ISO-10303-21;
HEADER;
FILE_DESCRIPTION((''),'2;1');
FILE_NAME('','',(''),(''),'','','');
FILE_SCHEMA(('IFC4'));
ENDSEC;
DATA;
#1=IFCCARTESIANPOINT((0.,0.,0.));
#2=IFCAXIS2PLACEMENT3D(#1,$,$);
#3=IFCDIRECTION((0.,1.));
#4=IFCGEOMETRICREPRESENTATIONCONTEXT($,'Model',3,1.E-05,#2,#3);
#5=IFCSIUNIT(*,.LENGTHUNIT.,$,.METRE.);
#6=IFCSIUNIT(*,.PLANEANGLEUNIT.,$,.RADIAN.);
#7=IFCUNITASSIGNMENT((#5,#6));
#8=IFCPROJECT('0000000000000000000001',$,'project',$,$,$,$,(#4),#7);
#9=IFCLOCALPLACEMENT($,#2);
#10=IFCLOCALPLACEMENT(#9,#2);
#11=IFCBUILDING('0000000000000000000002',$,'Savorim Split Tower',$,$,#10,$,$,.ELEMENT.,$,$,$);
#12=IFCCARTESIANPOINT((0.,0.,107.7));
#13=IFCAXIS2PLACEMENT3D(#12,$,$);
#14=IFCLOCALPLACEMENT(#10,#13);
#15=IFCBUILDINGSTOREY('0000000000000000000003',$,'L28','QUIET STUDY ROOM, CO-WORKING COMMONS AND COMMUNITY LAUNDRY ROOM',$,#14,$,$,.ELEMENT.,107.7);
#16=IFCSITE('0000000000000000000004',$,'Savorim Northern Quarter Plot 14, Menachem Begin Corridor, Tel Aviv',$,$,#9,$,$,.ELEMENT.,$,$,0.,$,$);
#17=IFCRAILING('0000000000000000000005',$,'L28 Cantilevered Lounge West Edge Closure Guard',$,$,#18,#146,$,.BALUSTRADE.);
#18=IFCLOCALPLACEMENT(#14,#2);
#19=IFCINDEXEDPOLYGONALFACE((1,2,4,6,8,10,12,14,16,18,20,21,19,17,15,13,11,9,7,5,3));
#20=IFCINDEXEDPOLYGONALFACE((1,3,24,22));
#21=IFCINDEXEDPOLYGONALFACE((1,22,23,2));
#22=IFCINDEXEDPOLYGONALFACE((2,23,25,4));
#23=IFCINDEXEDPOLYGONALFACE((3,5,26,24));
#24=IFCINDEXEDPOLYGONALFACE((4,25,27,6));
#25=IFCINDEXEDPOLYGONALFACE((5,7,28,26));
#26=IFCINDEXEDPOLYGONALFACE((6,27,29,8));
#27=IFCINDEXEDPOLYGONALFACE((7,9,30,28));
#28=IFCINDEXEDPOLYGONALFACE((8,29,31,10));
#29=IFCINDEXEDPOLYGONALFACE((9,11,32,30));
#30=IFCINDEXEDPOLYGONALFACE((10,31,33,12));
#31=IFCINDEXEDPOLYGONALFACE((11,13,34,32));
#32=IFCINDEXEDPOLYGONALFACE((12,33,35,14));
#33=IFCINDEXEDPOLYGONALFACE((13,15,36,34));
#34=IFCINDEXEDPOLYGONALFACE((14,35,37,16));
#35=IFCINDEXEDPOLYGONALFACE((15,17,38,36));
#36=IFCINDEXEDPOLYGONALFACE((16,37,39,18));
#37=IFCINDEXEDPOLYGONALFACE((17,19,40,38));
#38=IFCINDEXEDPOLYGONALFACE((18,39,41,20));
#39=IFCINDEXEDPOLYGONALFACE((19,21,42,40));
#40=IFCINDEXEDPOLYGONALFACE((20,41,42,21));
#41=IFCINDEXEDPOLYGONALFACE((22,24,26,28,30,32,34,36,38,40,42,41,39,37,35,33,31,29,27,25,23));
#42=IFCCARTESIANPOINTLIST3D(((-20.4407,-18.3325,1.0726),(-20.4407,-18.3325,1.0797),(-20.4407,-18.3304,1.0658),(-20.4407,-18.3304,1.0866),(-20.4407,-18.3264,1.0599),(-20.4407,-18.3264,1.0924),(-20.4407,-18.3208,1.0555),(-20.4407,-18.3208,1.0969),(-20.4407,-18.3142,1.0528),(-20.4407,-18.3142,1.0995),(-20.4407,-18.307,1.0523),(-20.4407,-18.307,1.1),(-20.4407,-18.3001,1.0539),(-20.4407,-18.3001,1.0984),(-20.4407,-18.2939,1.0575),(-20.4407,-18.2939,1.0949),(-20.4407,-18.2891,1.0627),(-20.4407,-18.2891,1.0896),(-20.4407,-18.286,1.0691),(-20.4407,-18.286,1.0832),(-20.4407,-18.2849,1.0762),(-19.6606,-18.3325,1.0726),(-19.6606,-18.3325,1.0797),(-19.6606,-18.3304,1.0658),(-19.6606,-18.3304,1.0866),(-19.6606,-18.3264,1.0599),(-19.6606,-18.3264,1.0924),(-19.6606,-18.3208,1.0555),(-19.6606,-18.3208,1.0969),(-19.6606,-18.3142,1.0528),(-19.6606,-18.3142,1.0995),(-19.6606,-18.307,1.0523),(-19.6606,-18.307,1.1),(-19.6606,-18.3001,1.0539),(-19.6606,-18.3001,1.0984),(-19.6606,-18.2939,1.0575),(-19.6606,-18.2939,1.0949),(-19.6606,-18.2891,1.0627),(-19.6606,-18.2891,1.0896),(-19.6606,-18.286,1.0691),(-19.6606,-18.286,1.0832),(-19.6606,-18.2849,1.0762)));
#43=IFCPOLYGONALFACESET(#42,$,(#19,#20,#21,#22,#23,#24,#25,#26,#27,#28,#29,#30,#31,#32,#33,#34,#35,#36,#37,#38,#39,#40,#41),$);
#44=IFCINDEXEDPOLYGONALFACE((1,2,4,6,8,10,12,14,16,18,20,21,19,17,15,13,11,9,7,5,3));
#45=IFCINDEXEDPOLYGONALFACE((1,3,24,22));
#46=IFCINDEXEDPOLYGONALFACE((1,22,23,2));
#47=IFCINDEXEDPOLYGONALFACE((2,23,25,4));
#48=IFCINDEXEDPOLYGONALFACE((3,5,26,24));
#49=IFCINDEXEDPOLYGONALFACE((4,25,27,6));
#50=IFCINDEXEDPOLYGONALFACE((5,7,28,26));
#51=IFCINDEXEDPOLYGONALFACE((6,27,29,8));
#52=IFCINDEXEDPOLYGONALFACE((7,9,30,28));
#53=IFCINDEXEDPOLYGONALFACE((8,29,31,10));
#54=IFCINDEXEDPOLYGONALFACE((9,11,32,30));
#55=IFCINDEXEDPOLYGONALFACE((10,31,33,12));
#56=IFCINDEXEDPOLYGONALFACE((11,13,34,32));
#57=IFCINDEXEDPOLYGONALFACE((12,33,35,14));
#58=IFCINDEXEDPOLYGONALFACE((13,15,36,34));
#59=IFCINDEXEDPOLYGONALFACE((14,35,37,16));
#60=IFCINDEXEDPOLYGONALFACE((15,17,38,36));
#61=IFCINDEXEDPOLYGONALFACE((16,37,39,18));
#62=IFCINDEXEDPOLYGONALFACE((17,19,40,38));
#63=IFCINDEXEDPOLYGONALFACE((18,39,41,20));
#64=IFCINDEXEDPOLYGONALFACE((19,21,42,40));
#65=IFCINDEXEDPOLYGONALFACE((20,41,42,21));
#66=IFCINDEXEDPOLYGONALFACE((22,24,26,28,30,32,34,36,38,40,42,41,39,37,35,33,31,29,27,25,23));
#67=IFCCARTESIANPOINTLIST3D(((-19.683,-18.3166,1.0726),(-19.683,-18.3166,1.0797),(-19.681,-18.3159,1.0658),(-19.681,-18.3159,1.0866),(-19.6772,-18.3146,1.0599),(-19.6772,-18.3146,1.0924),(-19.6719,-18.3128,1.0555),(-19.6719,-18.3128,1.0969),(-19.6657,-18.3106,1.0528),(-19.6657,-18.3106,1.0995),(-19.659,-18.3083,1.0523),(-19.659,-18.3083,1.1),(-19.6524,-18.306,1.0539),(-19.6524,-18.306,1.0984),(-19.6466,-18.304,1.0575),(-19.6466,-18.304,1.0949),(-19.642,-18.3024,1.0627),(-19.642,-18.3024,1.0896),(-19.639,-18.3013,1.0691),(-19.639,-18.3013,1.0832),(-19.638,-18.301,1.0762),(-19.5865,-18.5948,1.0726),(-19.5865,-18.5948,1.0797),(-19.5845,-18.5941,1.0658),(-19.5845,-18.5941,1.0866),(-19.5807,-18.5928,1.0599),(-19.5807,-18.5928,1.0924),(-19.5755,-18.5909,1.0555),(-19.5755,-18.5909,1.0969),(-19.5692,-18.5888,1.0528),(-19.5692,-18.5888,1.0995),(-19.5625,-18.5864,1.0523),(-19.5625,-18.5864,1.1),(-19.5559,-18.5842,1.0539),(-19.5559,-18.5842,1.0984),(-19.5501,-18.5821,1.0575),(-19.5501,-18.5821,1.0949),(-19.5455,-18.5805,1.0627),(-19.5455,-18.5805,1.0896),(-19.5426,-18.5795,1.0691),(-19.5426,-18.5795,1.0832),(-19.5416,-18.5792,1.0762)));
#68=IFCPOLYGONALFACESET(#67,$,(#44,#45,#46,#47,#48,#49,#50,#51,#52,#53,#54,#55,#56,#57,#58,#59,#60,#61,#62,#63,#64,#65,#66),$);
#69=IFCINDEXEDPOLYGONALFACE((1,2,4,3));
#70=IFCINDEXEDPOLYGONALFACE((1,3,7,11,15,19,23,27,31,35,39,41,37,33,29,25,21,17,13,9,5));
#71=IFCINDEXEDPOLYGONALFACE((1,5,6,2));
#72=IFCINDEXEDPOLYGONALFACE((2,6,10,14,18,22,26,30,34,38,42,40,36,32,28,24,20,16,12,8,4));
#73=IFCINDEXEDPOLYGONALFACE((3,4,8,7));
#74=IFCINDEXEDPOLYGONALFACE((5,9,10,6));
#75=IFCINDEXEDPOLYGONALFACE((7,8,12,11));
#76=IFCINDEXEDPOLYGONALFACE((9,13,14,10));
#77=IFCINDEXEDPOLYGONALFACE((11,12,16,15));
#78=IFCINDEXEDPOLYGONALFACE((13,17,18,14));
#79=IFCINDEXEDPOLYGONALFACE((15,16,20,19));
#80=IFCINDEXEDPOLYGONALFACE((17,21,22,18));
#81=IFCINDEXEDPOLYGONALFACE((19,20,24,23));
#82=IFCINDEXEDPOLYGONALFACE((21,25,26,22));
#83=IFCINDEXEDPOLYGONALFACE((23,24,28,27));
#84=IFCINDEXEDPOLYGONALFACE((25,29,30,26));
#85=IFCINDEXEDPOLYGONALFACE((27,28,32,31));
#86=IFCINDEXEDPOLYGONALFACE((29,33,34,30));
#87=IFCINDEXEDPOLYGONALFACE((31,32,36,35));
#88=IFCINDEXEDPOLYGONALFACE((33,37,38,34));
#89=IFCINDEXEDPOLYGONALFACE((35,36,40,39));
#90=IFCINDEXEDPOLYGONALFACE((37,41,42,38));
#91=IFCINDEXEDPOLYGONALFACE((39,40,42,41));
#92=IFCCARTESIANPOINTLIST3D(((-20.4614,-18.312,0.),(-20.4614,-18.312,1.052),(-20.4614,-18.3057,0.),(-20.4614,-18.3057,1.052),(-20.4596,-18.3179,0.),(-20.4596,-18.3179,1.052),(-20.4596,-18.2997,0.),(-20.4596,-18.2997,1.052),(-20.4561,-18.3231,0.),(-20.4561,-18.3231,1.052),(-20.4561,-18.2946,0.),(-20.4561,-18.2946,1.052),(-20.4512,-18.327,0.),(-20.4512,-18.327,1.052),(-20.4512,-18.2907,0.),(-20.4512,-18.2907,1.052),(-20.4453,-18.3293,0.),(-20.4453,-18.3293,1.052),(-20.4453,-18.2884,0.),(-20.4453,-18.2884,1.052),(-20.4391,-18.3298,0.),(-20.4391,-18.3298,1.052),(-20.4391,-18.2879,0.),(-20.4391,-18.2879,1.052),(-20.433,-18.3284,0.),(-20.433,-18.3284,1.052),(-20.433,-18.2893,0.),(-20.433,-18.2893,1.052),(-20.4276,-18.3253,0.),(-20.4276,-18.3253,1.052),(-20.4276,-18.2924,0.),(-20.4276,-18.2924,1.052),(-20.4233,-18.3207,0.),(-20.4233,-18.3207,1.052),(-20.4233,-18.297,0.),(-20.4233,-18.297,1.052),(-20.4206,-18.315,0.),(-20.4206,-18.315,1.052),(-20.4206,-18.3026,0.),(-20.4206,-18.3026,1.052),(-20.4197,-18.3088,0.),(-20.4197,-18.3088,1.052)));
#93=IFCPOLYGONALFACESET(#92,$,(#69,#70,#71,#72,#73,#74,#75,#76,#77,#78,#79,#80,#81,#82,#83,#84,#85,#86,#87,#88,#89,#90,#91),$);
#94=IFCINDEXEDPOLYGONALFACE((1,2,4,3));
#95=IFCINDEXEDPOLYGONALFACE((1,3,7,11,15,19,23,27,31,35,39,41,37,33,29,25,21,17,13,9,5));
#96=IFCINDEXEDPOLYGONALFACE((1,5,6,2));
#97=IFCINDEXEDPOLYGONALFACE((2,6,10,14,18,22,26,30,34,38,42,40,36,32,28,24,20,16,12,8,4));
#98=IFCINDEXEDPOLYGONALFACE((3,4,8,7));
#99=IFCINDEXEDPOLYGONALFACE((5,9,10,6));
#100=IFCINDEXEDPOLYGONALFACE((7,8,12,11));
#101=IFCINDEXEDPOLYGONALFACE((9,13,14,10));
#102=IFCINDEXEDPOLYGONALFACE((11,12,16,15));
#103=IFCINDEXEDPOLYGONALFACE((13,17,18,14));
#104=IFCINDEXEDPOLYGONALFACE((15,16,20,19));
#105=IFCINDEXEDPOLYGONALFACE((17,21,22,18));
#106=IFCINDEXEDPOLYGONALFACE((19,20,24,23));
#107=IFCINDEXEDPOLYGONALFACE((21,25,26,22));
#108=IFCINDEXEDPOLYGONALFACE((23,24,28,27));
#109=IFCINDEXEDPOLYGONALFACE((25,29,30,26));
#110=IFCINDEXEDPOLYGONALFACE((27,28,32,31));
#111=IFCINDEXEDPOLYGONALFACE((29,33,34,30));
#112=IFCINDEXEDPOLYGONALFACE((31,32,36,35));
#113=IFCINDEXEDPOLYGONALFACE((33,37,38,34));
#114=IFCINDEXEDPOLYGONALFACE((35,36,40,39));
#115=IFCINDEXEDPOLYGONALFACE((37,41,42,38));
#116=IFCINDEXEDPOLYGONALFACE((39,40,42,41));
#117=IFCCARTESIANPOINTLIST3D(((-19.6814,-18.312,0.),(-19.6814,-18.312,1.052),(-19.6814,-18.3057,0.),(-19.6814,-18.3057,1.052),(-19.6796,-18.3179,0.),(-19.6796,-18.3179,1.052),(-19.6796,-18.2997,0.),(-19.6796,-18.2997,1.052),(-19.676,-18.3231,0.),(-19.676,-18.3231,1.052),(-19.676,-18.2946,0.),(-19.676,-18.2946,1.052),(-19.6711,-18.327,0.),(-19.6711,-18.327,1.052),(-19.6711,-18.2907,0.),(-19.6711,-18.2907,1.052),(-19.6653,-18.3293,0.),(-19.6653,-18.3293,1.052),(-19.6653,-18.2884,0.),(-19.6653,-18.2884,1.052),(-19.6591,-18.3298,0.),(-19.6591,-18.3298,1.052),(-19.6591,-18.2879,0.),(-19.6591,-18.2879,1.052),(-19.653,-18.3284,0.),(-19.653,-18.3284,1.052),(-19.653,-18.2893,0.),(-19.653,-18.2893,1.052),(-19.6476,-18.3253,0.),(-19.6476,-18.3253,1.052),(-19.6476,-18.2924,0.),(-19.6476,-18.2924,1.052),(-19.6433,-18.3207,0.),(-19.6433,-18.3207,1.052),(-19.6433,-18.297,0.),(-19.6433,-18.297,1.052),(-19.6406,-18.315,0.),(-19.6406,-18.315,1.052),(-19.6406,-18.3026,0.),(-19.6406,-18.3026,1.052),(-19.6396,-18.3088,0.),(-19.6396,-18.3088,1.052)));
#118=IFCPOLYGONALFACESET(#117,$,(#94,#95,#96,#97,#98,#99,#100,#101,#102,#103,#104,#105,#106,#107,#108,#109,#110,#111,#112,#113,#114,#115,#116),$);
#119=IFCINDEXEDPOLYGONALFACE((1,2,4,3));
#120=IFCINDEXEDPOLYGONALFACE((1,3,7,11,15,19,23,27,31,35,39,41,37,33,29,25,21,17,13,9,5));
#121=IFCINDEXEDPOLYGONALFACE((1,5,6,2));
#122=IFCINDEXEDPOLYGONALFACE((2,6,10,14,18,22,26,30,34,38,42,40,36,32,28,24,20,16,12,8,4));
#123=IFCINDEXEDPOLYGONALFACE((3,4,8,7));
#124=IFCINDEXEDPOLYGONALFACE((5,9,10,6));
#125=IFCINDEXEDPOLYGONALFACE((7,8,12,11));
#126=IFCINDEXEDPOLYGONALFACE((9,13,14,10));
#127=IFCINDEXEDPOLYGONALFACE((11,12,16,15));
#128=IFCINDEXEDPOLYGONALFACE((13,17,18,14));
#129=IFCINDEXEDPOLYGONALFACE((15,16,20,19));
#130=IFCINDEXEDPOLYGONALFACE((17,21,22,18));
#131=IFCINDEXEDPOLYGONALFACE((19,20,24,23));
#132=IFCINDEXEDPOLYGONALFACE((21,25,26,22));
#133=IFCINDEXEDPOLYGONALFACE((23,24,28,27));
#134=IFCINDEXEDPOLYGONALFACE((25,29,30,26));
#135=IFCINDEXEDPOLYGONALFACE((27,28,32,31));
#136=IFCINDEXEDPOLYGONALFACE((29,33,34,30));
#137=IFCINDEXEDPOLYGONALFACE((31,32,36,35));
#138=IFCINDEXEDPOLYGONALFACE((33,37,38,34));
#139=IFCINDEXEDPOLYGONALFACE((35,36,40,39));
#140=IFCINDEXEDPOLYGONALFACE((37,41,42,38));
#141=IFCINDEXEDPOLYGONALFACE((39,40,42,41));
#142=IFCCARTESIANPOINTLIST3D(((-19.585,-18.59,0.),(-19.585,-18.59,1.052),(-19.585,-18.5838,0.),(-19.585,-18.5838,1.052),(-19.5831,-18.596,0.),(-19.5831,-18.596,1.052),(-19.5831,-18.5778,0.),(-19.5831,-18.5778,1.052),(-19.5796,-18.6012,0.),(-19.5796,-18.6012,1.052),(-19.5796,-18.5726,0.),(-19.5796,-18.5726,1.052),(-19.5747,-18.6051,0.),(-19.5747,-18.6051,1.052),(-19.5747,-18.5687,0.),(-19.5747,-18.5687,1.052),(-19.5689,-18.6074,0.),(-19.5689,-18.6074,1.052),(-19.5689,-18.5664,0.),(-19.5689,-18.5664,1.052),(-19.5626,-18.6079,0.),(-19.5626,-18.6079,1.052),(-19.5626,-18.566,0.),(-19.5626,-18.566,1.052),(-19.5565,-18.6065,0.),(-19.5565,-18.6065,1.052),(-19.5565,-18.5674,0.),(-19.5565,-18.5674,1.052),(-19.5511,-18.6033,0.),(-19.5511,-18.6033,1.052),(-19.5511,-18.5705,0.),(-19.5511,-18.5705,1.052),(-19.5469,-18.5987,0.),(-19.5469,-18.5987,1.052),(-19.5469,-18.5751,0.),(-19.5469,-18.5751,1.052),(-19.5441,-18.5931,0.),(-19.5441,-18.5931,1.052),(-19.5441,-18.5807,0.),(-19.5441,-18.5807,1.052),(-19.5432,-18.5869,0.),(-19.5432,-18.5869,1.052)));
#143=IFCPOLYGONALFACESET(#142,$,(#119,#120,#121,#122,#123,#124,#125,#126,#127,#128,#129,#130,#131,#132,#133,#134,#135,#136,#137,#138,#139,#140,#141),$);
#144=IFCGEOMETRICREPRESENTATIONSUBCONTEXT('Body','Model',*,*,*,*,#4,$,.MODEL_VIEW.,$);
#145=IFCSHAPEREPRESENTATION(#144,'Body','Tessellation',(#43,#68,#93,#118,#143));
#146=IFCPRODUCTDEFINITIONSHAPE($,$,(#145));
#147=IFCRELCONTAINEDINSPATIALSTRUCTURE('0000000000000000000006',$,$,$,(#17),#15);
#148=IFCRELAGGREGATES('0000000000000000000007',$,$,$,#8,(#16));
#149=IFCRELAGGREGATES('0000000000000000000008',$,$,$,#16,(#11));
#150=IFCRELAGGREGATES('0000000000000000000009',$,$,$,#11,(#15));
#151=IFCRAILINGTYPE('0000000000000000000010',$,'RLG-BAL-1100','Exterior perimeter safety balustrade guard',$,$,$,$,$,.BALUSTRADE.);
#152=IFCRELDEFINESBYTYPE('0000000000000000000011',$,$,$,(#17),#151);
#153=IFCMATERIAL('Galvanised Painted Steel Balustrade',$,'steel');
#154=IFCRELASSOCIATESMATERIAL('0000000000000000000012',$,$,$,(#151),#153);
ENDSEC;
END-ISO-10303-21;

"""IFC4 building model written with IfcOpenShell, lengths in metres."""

from ifc_helpers import new_model, si_unit, direction, frame, origin, origin_2d, place, context, subcontext, project, spatial, circle, extrude, material, type_object, element, save


model = new_model("IFC4")

# Units and contexts
model_context = context("Model", 3, precision=1e-05, world=origin(), true_north=direction((0.0, 1.0)))
body_context = subcontext(model_context, "Body", "Model", "MODEL_VIEW")
ifc_project = project(units=[si_unit("LENGTHUNIT", "METRE"), si_unit("PLANEANGLEUNIT", "RADIAN")], contexts=[model_context])

# Site, building, storey
site_placement = place(None, origin())
site = spatial("IfcSite", under=ifc_project, at=site_placement, Name="Savorim Northern Quarter Plot 14, Menachem Begin Corridor, Tel Aviv", CompositionType="ELEMENT", RefElevation=0.0)
building_placement = place(site_placement, origin())
building = spatial("IfcBuilding", under=site, at=building_placement, Name="Savorim Split Tower", CompositionType="ELEMENT")
storey_placement = place(building_placement, frame((0.0, 0.0, 107.7)))
storey = spatial("IfcBuildingStorey", under=building, at=storey_placement, Name="L28", Description="QUIET STUDY ROOM, CO-WORKING COMMONS AND COMMUNITY LAUNDRY ROOM", CompositionType="ELEMENT", Elevation=107.7)

# Railing
ifc_material_1 = material(Name="Galvanised Painted Steel Balustrade", Category="steel")
railing_type = type_object("IfcRailingType", Name="RLG-BAL-1100", Description="Exterior perimeter safety balustrade guard", PredefinedType="BALUSTRADE", material=ifc_material_1)
railing_1_placement = place(storey_placement, frame((-20.4407, -18.3088, 0.0)))
element("IfcRailing", 1, at=railing_1_placement, inside=storey, type_object=railing_type, Name="L28 Cantilevered Lounge West Edge Closure Guard", PredefinedType="BALUSTRADE", context=body_context, shape_type="SweptSolid", body=[
    extrude(circle(Radius=0.0239, at=origin_2d()), frame((0.0, 0.0, 1.0762), z_axis=(1.0, 0.0, 0.0), x_axis=(0.0, 1.0, 0.0)), (0.0, 0.0, 1.0), 0.78),
    extrude(circle(Radius=0.0239, at=origin_2d()), frame((0.78, 0.0, 1.0762), z_axis=(0.327652, -0.944799, 0.0), x_axis=(0.944799, 0.327652, 0.0)), (0.0, 0.0, 1.0), 0.2944),
    extrude(circle(Radius=0.021, at=origin_2d()), origin(), (0.0, 0.0, 1.0), 1.052),
    extrude(circle(Radius=0.021, at=origin_2d()), frame((0.78, 0.0, 0.0)), (0.0, 0.0, 1.0), 1.052),
    extrude(circle(Radius=0.021, at=origin_2d()), frame((0.8765, -0.2781, 0.0)), (0.0, 0.0, 1.0), 1.052),
])

save(model, "model.ifc")
